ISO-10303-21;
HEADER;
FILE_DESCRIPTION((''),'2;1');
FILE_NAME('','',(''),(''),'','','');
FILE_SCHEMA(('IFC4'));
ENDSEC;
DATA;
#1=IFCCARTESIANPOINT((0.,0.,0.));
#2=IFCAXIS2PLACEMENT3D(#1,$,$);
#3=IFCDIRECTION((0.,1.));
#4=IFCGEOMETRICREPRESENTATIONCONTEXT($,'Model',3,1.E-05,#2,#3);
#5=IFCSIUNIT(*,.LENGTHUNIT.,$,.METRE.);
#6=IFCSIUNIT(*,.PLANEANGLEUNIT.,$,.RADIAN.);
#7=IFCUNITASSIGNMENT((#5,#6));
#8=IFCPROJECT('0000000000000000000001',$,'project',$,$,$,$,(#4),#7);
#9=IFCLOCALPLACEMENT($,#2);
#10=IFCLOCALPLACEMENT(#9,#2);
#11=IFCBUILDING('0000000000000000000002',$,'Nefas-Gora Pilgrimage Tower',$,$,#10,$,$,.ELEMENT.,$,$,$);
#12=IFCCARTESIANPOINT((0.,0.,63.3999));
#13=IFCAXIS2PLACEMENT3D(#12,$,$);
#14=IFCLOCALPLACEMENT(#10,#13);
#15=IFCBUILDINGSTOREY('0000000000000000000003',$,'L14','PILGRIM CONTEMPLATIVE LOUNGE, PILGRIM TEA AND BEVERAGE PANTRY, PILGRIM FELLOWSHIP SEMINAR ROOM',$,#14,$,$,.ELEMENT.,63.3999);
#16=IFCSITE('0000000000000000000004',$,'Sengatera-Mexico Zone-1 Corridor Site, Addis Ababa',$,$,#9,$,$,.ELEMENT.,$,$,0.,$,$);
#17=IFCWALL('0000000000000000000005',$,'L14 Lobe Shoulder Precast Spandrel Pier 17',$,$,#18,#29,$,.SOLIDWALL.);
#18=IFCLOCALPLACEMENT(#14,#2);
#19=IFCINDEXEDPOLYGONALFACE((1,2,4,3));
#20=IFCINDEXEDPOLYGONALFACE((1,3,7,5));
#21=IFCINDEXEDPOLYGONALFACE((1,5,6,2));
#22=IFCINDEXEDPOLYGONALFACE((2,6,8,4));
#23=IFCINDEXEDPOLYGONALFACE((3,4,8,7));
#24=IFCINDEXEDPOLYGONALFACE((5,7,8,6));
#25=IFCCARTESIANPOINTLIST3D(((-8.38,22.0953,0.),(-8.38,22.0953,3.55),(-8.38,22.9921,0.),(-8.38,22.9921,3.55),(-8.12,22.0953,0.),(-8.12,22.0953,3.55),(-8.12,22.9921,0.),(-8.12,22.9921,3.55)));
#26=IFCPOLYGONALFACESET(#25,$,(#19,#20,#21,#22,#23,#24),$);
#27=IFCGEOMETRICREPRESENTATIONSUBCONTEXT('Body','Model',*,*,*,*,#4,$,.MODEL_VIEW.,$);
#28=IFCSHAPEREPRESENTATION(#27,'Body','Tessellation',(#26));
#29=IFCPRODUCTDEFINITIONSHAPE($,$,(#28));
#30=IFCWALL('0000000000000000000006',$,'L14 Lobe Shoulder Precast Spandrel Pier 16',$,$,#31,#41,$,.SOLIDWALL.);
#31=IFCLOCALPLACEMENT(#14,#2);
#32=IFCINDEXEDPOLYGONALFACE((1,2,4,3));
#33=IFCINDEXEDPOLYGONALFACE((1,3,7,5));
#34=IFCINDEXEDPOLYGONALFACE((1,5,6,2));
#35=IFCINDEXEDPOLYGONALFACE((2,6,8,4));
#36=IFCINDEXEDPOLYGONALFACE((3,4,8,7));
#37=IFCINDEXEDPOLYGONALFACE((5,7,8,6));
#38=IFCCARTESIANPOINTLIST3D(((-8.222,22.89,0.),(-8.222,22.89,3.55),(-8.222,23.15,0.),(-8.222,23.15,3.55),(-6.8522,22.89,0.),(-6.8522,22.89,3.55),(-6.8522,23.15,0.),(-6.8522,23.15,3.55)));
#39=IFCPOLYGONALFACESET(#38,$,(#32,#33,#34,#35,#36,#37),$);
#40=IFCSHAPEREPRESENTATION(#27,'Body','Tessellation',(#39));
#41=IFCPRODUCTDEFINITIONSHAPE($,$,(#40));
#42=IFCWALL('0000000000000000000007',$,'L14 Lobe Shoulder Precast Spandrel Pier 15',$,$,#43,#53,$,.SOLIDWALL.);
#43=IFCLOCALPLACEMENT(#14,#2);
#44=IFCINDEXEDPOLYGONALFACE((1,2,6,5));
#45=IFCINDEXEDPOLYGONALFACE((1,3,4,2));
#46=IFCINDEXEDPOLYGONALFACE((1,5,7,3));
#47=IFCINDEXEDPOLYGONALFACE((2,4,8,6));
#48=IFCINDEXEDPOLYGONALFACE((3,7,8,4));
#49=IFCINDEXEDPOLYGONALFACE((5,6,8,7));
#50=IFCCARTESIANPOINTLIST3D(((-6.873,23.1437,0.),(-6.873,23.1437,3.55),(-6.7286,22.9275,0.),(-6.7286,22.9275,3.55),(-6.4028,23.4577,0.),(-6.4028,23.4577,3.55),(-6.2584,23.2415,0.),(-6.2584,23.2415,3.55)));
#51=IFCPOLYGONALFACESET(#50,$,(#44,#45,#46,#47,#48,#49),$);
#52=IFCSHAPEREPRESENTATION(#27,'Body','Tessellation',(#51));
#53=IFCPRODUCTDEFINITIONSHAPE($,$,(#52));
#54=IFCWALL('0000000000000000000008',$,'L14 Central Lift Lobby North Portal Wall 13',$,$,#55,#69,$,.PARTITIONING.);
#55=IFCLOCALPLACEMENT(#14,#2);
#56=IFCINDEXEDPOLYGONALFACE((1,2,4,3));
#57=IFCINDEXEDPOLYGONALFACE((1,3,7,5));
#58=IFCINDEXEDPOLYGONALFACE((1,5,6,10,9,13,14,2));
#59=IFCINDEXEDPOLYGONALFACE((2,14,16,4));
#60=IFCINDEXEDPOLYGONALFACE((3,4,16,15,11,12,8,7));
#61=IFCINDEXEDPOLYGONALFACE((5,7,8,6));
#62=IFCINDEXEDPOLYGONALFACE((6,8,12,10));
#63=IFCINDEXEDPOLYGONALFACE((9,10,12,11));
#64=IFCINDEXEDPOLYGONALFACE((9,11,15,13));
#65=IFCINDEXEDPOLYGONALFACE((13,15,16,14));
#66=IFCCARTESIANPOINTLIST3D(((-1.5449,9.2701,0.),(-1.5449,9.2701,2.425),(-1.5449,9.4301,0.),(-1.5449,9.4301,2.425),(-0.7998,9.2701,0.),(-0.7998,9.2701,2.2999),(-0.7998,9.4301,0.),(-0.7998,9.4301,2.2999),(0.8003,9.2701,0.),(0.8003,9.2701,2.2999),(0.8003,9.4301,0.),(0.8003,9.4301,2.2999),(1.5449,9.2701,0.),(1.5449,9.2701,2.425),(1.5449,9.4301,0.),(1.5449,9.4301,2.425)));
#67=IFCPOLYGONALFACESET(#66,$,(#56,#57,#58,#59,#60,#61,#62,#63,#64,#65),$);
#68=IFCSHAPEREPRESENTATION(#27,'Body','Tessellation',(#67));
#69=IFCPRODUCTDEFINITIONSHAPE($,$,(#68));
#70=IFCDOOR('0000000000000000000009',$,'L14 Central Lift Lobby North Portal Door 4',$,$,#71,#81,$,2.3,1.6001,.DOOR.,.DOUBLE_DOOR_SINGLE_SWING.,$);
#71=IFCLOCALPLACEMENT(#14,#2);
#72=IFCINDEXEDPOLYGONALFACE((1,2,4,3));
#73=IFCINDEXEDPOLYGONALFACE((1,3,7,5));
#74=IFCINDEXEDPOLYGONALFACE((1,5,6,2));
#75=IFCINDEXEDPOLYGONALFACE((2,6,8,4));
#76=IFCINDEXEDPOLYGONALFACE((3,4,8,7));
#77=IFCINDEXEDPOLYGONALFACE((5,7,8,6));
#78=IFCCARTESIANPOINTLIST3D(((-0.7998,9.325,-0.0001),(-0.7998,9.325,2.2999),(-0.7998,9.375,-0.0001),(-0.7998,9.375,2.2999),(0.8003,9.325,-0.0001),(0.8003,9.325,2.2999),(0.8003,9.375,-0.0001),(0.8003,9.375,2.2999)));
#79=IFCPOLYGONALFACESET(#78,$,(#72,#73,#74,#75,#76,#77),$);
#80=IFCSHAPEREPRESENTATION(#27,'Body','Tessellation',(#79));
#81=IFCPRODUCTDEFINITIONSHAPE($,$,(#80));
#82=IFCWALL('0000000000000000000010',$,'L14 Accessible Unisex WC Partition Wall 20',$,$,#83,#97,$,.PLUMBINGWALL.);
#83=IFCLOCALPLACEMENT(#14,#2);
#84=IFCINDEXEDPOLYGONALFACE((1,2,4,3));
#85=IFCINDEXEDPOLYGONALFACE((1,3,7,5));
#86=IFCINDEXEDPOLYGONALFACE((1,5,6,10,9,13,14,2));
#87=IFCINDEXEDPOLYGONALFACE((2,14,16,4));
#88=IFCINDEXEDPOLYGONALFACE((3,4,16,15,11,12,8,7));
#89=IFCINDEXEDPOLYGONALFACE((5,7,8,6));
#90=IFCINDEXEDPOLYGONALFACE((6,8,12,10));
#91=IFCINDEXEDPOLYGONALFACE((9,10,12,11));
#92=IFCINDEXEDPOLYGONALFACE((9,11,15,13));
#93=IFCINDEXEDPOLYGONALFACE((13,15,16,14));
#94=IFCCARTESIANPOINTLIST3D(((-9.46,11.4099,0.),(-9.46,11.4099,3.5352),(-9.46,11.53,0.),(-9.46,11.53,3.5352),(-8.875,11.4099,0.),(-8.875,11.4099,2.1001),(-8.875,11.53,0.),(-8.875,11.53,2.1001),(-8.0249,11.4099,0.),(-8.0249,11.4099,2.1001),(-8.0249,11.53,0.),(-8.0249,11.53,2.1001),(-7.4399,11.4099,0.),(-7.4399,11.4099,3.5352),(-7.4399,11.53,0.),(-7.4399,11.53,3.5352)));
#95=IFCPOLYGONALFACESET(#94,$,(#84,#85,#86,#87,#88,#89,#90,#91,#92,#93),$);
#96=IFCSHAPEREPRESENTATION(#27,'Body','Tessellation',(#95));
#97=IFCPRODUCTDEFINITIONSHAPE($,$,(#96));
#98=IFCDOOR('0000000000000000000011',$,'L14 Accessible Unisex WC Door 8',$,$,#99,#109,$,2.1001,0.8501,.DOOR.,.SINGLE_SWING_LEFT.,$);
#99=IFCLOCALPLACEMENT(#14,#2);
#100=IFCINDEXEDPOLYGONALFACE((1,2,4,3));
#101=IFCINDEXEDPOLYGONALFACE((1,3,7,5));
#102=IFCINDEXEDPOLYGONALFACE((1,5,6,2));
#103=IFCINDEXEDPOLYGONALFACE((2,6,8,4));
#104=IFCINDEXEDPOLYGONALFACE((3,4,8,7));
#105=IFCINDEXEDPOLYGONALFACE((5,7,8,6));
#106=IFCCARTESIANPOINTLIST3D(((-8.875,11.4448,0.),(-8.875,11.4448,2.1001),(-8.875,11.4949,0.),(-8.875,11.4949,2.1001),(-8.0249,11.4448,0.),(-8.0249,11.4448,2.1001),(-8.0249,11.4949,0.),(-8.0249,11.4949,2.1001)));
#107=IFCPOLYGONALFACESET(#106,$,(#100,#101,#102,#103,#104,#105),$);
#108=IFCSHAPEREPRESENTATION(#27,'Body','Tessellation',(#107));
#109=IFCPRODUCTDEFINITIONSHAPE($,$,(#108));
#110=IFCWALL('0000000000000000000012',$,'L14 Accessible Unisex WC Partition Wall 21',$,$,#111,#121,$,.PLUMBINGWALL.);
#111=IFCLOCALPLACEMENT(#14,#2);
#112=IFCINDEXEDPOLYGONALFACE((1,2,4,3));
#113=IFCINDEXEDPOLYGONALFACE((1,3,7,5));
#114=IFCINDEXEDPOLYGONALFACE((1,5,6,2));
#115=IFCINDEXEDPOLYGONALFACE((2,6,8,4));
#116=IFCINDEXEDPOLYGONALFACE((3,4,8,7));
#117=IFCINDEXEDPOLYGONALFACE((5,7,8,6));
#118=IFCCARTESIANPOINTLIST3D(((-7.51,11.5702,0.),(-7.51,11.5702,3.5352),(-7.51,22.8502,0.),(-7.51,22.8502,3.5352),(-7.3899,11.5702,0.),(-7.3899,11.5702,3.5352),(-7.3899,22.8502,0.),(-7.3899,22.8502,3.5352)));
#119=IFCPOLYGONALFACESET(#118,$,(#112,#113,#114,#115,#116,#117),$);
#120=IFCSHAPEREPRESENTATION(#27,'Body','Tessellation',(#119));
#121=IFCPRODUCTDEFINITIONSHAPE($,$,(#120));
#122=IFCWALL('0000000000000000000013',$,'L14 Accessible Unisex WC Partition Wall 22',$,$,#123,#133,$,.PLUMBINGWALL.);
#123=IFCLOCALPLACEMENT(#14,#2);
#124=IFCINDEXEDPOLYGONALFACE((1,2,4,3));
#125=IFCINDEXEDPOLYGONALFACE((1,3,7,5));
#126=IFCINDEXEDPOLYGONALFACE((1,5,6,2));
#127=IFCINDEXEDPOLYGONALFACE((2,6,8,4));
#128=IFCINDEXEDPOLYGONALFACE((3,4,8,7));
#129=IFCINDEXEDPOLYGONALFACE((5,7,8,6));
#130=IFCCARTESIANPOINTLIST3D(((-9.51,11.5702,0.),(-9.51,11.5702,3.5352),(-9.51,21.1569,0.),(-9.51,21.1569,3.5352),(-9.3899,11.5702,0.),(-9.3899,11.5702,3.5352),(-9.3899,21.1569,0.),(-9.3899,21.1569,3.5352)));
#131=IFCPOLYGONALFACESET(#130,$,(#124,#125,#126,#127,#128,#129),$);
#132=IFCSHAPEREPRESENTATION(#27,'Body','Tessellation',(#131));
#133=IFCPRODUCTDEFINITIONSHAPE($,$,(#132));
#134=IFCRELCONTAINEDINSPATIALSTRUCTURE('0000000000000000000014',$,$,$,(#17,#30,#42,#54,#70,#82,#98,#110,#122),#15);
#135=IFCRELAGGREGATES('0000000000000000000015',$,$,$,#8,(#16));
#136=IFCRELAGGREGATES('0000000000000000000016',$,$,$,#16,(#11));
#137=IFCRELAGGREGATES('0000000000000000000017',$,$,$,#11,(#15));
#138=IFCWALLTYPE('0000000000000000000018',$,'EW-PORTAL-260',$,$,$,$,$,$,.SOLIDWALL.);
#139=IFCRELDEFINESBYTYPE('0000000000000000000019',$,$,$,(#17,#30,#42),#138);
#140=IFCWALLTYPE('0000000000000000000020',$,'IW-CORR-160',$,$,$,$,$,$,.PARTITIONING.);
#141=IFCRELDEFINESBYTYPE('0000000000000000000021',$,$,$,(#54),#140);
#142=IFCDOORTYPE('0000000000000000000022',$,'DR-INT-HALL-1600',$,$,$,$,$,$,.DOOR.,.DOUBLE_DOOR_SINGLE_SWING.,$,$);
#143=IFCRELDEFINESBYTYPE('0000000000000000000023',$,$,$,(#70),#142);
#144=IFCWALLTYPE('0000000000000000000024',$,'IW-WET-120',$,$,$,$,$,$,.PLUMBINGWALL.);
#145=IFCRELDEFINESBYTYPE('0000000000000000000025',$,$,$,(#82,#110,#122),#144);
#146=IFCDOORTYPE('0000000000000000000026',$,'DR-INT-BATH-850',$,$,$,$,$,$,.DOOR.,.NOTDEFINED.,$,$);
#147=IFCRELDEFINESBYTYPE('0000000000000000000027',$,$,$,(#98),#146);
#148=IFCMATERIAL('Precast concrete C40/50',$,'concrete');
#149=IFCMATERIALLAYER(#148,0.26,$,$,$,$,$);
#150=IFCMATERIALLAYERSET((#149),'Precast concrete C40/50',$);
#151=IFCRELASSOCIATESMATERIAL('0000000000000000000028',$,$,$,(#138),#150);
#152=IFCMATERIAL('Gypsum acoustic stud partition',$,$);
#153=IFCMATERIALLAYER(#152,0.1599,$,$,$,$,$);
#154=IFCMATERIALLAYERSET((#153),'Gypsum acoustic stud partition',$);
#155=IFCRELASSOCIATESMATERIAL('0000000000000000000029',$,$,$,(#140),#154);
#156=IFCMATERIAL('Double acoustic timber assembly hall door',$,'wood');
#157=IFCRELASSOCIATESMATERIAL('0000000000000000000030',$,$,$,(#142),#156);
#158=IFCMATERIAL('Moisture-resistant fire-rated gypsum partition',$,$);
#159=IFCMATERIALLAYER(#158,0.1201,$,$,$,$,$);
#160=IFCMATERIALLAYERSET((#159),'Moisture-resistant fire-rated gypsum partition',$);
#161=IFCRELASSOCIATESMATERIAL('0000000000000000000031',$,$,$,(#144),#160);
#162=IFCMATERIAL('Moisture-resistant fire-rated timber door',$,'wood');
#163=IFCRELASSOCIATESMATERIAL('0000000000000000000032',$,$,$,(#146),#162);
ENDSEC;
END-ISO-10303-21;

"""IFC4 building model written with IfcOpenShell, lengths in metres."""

from ifc_helpers import new_model, si_unit, direction, frame, frame_2d, origin, place, context, subcontext, project, spatial, rectangle, extrude, source, transform, mapped, material, layer, layer_set, type_object, element, fill, save


model = new_model("IFC4")

# Units and contexts
model_context = context("Model", 3, precision=1e-05, world=origin(), true_north=direction((0.0, 1.0)))
body_context = subcontext(model_context, "Body", "Model", "MODEL_VIEW")
ifc_project = project(units=[si_unit("LENGTHUNIT", "METRE"), si_unit("PLANEANGLEUNIT", "RADIAN")], contexts=[model_context])

# Site, building, storey
site_placement = place(None, origin())
site = spatial("IfcSite", under=ifc_project, at=site_placement, Name="Sengatera-Mexico Zone-1 Corridor Site, Addis Ababa", CompositionType="ELEMENT", RefElevation=0.0)
building_placement = place(site_placement, origin())
building = spatial("IfcBuilding", under=site, at=building_placement, Name="Nefas-Gora Pilgrimage Tower", CompositionType="ELEMENT")
storey_placement = place(building_placement, frame((0.0, 0.0, 63.3999)))
storey = spatial("IfcBuildingStorey", under=building, at=storey_placement, Name="L14", Description="PILGRIM CONTEMPLATIVE LOUNGE, PILGRIM TEA AND BEVERAGE PANTRY, PILGRIM FELLOWSHIP SEMINAR ROOM", CompositionType="ELEMENT", Elevation=63.3999)

# Walls
ifc_material_1 = material(Name="Precast concrete C40/50", Category="concrete")
ifc_layer_1 = layer(ifc_material_1, 0.26)
ifc_layer_set_1 = layer_set([ifc_layer_1], Name="Precast concrete C40/50")
wall_type_1 = type_object("IfcWallType", Name="EW-PORTAL-260", PredefinedType="SOLIDWALL", material=ifc_layer_set_1)
shared_shape_1 = source(origin(), body_context, "Body", "SweptSolid", [
    extrude(rectangle(XDim=0.8967, YDim=0.26, at=frame_2d((0.4482, 0.0))), origin(), (0.0, 0.0, 1.0), 3.55),
])
wall_1_placement = place(storey_placement, frame((-8.25, 22.9919, 0.0), z_axis=(0.0, 0.0, 1.0), x_axis=(0.0, -1.0, 0.0)))
element("IfcWall", 1, at=wall_1_placement, inside=storey, type_object=wall_type_1, Name="L14 Lobe Shoulder Precast Spandrel Pier 17", PredefinedType="SOLIDWALL", context=body_context, shape_type="MappedRepresentation", body=[
    mapped(shared_shape_1, transform((0.0, 0.0, 0.0), x_axis=(1.0, 0.0, 0.0), y_axis=(0.0, 1.0, 0.0), z_axis=(0.0, 0.0, 1.0), scale=1.0)),
])
shared_shape_2 = source(origin(), body_context, "Body", "SweptSolid", [
    extrude(rectangle(XDim=1.3699, YDim=0.26, at=frame_2d((0.6851, 0.0))), origin(), (0.0, 0.0, 1.0), 3.55),
])
wall_2_placement = place(storey_placement, frame((-6.8521, 23.02, 0.0), z_axis=(0.0, 0.0, 1.0), x_axis=(-1.0, 0.0, 0.0)))
element("IfcWall", 2, at=wall_2_placement, inside=storey, type_object=wall_type_1, Name="L14 Lobe Shoulder Precast Spandrel Pier 16", PredefinedType="SOLIDWALL", context=body_context, shape_type="MappedRepresentation", body=[
    mapped(shared_shape_2, transform((0.0, 0.0, 0.0), x_axis=(1.0, 0.0, 0.0), y_axis=(0.0, 1.0, 0.0), z_axis=(0.0, 0.0, 1.0), scale=1.0)),
])
shared_shape_3 = source(origin(), body_context, "Body", "SweptSolid", [
    extrude(rectangle(XDim=0.5654, YDim=0.26, at=frame_2d((0.2827, 0.0))), origin(), (0.0, 0.0, 1.0), 3.55),
])
wall_3_placement = place(storey_placement, frame((-6.3306, 23.3496, 0.0), z_axis=(0.0, 0.0, 1.0), x_axis=(-0.831651, -0.555298, 0.0)))
element("IfcWall", 3, at=wall_3_placement, inside=storey, type_object=wall_type_1, Name="L14 Lobe Shoulder Precast Spandrel Pier 15", PredefinedType="SOLIDWALL", context=body_context, shape_type="MappedRepresentation", body=[
    mapped(shared_shape_3, transform((0.0, 0.0, 0.0), x_axis=(1.0, 0.0, 0.0), y_axis=(0.0, 1.0, 0.0), z_axis=(0.0, 0.0, 1.0), scale=1.0)),
])

# Walls, openings, doors
ifc_material_2 = material(Name="Gypsum acoustic stud partition")
ifc_layer_2 = layer(ifc_material_2, 0.1599)
ifc_layer_set_2 = layer_set([ifc_layer_2], Name="Gypsum acoustic stud partition")
wall_type_2 = type_object("IfcWallType", Name="IW-CORR-160", PredefinedType="PARTITIONING", material=ifc_layer_set_2)
shared_shape_4 = source(origin(), body_context, "Body", "SweptSolid", [
    extrude(rectangle(XDim=3.0898, YDim=0.1599, at=frame_2d((1.5449, 0.0))), origin(), (0.0, 0.0, 1.0), 2.425),
])
wall_4_placement = place(storey_placement, frame((-1.5449, 9.3501, 0.0), z_axis=(0.0, 0.0, 1.0), x_axis=(1.0, 0.0, 0.0)))
wall_4 = element("IfcWall", 4, at=wall_4_placement, inside=storey, type_object=wall_type_2, Name="L14 Central Lift Lobby North Portal Wall 13", PredefinedType="PARTITIONING", context=body_context, shape_type="MappedRepresentation", body=[
    mapped(shared_shape_4, transform((0.0, 0.0, 0.0), x_axis=(1.0, 0.0, 0.0), y_axis=(0.0, 1.0, 0.0), z_axis=(0.0, 0.0, 1.0), scale=1.0)),
])
opening_1_placement = place(wall_4_placement, frame((0.7451, 0.0, 0.0)))
opening_1 = element("IfcOpeningElement", 5, at=opening_1_placement, cuts=wall_4, PredefinedType="OPENING", context=body_context, shape_type="SweptSolid", body=[
    extrude(rectangle(XDim=1.6001, YDim=2.3, at=frame_2d((0.8, 1.1499))), frame((0.0, 0.0898, 0.0), z_axis=(0.0, -1.0, 0.0), x_axis=(1.0, 0.0, 0.0)), (0.0, 0.0, 1.0), 0.1799),
])
ifc_material_3 = material(Name="Double acoustic timber assembly hall door", Category="wood")
door_type_1 = type_object("IfcDoorType", Name="DR-INT-HALL-1600", OperationType="DOUBLE_DOOR_SINGLE_SWING", PredefinedType="DOOR", material=ifc_material_3)
shared_shape_5 = source(origin(), body_context, "Body", "SweptSolid", [
    extrude(rectangle(XDim=1.6001, YDim=2.3, at=frame_2d((0.8, 1.1499))), frame((0.0, 0.0249, 0.0), z_axis=(0.0, -1.0, 0.0), x_axis=(1.0, 0.0, 0.0)), (0.0, 0.0, 1.0), 0.05),
])
door_1_placement = place(opening_1_placement, origin())
door_1 = element("IfcDoor", 6, at=door_1_placement, inside=storey, type_object=door_type_1, Name="L14 Central Lift Lobby North Portal Door 4", OperationType="DOUBLE_DOOR_SINGLE_SWING", OverallHeight=2.3, OverallWidth=1.6001, PredefinedType="DOOR", context=body_context, shape_type="MappedRepresentation", body=[
    mapped(shared_shape_5, transform((0.0, 0.0, 0.0), x_axis=(1.0, 0.0, 0.0), y_axis=(0.0, 1.0, 0.0), z_axis=(0.0, 0.0, 1.0), scale=1.0)),
])
fill(opening_1, door_1)
ifc_material_4 = material(Name="Moisture-resistant fire-rated gypsum partition")
ifc_layer_3 = layer(ifc_material_4, 0.1201)
ifc_layer_set_3 = layer_set([ifc_layer_3], Name="Moisture-resistant fire-rated gypsum partition")
wall_type_3 = type_object("IfcWallType", Name="IW-WET-120", PredefinedType="PLUMBINGWALL", material=ifc_layer_set_3)
shared_shape_6 = source(origin(), body_context, "Body", "SweptSolid", [
    extrude(rectangle(XDim=2.02, YDim=0.1201, at=frame_2d((1.01, 0.0))), origin(), (0.0, 0.0, 1.0), 3.5352),
])
wall_5_placement = place(storey_placement, frame((-9.46, 11.47, 0.0), z_axis=(0.0, 0.0, 1.0), x_axis=(1.0, 0.0, 0.0)))
wall_5 = element("IfcWall", 7, at=wall_5_placement, inside=storey, type_object=wall_type_3, Name="L14 Accessible Unisex WC Partition Wall 20", PredefinedType="PLUMBINGWALL", context=body_context, shape_type="MappedRepresentation", body=[
    mapped(shared_shape_6, transform((0.0, 0.0, 0.0), x_axis=(1.0, 0.0, 0.0), y_axis=(0.0, 1.0, 0.0), z_axis=(0.0, 0.0, 1.0), scale=1.0)),
])
opening_2_placement = place(wall_5_placement, frame((0.585, 0.0, 0.0)))
opening_2 = element("IfcOpeningElement", 8, at=opening_2_placement, cuts=wall_5, PredefinedType="OPENING", context=body_context, shape_type="SweptSolid", body=[
    extrude(rectangle(XDim=0.8501, YDim=2.1001, at=frame_2d((0.425, 1.05))), frame((0.0, 0.0701, 0.0), z_axis=(0.0, -1.0, 0.0), x_axis=(1.0, 0.0, 0.0)), (0.0, 0.0, 1.0), 0.1401),
])
ifc_material_5 = material(Name="Moisture-resistant fire-rated timber door", Category="wood")
door_type_2 = type_object("IfcDoorType", Name="DR-INT-BATH-850", OperationType="NOTDEFINED", PredefinedType="DOOR", material=ifc_material_5)
shared_shape_7 = source(origin(), body_context, "Body", "SweptSolid", [
    extrude(rectangle(XDim=0.8501, YDim=2.1001, at=frame_2d((0.425, 1.05))), frame((0.0, 0.0249, 0.0), z_axis=(0.0, -1.0, 0.0), x_axis=(1.0, 0.0, 0.0)), (0.0, 0.0, 1.0), 0.05),
])
door_2_placement = place(opening_2_placement, origin())
door_2 = element("IfcDoor", 9, at=door_2_placement, inside=storey, type_object=door_type_2, Name="L14 Accessible Unisex WC Door 8", OperationType="SINGLE_SWING_LEFT", OverallHeight=2.1001, OverallWidth=0.8501, PredefinedType="DOOR", context=body_context, shape_type="MappedRepresentation", body=[
    mapped(shared_shape_7, transform((0.0, 0.0, 0.0), x_axis=(1.0, 0.0, 0.0), y_axis=(0.0, 1.0, 0.0), z_axis=(0.0, 0.0, 1.0), scale=1.0)),
])
fill(opening_2, door_2)

# Walls
shared_shape_8 = source(origin(), body_context, "Body", "SweptSolid", [
    extrude(rectangle(XDim=11.28, YDim=0.1201, at=frame_2d((5.6401, 0.0))), origin(), (0.0, 0.0, 1.0), 3.5352),
])
wall_6_placement = place(storey_placement, frame((-7.45, 11.5701, 0.0), z_axis=(0.0, 0.0, 1.0), x_axis=(0.0, 1.0, 0.0)))
element("IfcWall", 10, at=wall_6_placement, inside=storey, type_object=wall_type_3, Name="L14 Accessible Unisex WC Partition Wall 21", PredefinedType="PLUMBINGWALL", context=body_context, shape_type="MappedRepresentation", body=[
    mapped(shared_shape_8, transform((0.0, 0.0, 0.0), x_axis=(1.0, 0.0, 0.0), y_axis=(0.0, 1.0, 0.0), z_axis=(0.0, 0.0, 1.0), scale=1.0)),
])
shared_shape_9 = source(origin(), body_context, "Body", "SweptSolid", [
    extrude(rectangle(XDim=9.5867, YDim=0.1201, at=frame_2d((4.7935, 0.0))), origin(), (0.0, 0.0, 1.0), 3.5352),
])
wall_7_placement = place(storey_placement, frame((-9.45, 11.5701, 0.0), z_axis=(0.0, 0.0, 1.0), x_axis=(0.0, 1.0, 0.0)))
element("IfcWall", 11, at=wall_7_placement, inside=storey, type_object=wall_type_3, Name="L14 Accessible Unisex WC Partition Wall 22", PredefinedType="PLUMBINGWALL", context=body_context, shape_type="MappedRepresentation", body=[
    mapped(shared_shape_9, transform((0.0, 0.0, 0.0), x_axis=(1.0, 0.0, 0.0), y_axis=(0.0, 1.0, 0.0), z_axis=(0.0, 0.0, 1.0), scale=1.0)),
])

save(model, "model.ifc")
